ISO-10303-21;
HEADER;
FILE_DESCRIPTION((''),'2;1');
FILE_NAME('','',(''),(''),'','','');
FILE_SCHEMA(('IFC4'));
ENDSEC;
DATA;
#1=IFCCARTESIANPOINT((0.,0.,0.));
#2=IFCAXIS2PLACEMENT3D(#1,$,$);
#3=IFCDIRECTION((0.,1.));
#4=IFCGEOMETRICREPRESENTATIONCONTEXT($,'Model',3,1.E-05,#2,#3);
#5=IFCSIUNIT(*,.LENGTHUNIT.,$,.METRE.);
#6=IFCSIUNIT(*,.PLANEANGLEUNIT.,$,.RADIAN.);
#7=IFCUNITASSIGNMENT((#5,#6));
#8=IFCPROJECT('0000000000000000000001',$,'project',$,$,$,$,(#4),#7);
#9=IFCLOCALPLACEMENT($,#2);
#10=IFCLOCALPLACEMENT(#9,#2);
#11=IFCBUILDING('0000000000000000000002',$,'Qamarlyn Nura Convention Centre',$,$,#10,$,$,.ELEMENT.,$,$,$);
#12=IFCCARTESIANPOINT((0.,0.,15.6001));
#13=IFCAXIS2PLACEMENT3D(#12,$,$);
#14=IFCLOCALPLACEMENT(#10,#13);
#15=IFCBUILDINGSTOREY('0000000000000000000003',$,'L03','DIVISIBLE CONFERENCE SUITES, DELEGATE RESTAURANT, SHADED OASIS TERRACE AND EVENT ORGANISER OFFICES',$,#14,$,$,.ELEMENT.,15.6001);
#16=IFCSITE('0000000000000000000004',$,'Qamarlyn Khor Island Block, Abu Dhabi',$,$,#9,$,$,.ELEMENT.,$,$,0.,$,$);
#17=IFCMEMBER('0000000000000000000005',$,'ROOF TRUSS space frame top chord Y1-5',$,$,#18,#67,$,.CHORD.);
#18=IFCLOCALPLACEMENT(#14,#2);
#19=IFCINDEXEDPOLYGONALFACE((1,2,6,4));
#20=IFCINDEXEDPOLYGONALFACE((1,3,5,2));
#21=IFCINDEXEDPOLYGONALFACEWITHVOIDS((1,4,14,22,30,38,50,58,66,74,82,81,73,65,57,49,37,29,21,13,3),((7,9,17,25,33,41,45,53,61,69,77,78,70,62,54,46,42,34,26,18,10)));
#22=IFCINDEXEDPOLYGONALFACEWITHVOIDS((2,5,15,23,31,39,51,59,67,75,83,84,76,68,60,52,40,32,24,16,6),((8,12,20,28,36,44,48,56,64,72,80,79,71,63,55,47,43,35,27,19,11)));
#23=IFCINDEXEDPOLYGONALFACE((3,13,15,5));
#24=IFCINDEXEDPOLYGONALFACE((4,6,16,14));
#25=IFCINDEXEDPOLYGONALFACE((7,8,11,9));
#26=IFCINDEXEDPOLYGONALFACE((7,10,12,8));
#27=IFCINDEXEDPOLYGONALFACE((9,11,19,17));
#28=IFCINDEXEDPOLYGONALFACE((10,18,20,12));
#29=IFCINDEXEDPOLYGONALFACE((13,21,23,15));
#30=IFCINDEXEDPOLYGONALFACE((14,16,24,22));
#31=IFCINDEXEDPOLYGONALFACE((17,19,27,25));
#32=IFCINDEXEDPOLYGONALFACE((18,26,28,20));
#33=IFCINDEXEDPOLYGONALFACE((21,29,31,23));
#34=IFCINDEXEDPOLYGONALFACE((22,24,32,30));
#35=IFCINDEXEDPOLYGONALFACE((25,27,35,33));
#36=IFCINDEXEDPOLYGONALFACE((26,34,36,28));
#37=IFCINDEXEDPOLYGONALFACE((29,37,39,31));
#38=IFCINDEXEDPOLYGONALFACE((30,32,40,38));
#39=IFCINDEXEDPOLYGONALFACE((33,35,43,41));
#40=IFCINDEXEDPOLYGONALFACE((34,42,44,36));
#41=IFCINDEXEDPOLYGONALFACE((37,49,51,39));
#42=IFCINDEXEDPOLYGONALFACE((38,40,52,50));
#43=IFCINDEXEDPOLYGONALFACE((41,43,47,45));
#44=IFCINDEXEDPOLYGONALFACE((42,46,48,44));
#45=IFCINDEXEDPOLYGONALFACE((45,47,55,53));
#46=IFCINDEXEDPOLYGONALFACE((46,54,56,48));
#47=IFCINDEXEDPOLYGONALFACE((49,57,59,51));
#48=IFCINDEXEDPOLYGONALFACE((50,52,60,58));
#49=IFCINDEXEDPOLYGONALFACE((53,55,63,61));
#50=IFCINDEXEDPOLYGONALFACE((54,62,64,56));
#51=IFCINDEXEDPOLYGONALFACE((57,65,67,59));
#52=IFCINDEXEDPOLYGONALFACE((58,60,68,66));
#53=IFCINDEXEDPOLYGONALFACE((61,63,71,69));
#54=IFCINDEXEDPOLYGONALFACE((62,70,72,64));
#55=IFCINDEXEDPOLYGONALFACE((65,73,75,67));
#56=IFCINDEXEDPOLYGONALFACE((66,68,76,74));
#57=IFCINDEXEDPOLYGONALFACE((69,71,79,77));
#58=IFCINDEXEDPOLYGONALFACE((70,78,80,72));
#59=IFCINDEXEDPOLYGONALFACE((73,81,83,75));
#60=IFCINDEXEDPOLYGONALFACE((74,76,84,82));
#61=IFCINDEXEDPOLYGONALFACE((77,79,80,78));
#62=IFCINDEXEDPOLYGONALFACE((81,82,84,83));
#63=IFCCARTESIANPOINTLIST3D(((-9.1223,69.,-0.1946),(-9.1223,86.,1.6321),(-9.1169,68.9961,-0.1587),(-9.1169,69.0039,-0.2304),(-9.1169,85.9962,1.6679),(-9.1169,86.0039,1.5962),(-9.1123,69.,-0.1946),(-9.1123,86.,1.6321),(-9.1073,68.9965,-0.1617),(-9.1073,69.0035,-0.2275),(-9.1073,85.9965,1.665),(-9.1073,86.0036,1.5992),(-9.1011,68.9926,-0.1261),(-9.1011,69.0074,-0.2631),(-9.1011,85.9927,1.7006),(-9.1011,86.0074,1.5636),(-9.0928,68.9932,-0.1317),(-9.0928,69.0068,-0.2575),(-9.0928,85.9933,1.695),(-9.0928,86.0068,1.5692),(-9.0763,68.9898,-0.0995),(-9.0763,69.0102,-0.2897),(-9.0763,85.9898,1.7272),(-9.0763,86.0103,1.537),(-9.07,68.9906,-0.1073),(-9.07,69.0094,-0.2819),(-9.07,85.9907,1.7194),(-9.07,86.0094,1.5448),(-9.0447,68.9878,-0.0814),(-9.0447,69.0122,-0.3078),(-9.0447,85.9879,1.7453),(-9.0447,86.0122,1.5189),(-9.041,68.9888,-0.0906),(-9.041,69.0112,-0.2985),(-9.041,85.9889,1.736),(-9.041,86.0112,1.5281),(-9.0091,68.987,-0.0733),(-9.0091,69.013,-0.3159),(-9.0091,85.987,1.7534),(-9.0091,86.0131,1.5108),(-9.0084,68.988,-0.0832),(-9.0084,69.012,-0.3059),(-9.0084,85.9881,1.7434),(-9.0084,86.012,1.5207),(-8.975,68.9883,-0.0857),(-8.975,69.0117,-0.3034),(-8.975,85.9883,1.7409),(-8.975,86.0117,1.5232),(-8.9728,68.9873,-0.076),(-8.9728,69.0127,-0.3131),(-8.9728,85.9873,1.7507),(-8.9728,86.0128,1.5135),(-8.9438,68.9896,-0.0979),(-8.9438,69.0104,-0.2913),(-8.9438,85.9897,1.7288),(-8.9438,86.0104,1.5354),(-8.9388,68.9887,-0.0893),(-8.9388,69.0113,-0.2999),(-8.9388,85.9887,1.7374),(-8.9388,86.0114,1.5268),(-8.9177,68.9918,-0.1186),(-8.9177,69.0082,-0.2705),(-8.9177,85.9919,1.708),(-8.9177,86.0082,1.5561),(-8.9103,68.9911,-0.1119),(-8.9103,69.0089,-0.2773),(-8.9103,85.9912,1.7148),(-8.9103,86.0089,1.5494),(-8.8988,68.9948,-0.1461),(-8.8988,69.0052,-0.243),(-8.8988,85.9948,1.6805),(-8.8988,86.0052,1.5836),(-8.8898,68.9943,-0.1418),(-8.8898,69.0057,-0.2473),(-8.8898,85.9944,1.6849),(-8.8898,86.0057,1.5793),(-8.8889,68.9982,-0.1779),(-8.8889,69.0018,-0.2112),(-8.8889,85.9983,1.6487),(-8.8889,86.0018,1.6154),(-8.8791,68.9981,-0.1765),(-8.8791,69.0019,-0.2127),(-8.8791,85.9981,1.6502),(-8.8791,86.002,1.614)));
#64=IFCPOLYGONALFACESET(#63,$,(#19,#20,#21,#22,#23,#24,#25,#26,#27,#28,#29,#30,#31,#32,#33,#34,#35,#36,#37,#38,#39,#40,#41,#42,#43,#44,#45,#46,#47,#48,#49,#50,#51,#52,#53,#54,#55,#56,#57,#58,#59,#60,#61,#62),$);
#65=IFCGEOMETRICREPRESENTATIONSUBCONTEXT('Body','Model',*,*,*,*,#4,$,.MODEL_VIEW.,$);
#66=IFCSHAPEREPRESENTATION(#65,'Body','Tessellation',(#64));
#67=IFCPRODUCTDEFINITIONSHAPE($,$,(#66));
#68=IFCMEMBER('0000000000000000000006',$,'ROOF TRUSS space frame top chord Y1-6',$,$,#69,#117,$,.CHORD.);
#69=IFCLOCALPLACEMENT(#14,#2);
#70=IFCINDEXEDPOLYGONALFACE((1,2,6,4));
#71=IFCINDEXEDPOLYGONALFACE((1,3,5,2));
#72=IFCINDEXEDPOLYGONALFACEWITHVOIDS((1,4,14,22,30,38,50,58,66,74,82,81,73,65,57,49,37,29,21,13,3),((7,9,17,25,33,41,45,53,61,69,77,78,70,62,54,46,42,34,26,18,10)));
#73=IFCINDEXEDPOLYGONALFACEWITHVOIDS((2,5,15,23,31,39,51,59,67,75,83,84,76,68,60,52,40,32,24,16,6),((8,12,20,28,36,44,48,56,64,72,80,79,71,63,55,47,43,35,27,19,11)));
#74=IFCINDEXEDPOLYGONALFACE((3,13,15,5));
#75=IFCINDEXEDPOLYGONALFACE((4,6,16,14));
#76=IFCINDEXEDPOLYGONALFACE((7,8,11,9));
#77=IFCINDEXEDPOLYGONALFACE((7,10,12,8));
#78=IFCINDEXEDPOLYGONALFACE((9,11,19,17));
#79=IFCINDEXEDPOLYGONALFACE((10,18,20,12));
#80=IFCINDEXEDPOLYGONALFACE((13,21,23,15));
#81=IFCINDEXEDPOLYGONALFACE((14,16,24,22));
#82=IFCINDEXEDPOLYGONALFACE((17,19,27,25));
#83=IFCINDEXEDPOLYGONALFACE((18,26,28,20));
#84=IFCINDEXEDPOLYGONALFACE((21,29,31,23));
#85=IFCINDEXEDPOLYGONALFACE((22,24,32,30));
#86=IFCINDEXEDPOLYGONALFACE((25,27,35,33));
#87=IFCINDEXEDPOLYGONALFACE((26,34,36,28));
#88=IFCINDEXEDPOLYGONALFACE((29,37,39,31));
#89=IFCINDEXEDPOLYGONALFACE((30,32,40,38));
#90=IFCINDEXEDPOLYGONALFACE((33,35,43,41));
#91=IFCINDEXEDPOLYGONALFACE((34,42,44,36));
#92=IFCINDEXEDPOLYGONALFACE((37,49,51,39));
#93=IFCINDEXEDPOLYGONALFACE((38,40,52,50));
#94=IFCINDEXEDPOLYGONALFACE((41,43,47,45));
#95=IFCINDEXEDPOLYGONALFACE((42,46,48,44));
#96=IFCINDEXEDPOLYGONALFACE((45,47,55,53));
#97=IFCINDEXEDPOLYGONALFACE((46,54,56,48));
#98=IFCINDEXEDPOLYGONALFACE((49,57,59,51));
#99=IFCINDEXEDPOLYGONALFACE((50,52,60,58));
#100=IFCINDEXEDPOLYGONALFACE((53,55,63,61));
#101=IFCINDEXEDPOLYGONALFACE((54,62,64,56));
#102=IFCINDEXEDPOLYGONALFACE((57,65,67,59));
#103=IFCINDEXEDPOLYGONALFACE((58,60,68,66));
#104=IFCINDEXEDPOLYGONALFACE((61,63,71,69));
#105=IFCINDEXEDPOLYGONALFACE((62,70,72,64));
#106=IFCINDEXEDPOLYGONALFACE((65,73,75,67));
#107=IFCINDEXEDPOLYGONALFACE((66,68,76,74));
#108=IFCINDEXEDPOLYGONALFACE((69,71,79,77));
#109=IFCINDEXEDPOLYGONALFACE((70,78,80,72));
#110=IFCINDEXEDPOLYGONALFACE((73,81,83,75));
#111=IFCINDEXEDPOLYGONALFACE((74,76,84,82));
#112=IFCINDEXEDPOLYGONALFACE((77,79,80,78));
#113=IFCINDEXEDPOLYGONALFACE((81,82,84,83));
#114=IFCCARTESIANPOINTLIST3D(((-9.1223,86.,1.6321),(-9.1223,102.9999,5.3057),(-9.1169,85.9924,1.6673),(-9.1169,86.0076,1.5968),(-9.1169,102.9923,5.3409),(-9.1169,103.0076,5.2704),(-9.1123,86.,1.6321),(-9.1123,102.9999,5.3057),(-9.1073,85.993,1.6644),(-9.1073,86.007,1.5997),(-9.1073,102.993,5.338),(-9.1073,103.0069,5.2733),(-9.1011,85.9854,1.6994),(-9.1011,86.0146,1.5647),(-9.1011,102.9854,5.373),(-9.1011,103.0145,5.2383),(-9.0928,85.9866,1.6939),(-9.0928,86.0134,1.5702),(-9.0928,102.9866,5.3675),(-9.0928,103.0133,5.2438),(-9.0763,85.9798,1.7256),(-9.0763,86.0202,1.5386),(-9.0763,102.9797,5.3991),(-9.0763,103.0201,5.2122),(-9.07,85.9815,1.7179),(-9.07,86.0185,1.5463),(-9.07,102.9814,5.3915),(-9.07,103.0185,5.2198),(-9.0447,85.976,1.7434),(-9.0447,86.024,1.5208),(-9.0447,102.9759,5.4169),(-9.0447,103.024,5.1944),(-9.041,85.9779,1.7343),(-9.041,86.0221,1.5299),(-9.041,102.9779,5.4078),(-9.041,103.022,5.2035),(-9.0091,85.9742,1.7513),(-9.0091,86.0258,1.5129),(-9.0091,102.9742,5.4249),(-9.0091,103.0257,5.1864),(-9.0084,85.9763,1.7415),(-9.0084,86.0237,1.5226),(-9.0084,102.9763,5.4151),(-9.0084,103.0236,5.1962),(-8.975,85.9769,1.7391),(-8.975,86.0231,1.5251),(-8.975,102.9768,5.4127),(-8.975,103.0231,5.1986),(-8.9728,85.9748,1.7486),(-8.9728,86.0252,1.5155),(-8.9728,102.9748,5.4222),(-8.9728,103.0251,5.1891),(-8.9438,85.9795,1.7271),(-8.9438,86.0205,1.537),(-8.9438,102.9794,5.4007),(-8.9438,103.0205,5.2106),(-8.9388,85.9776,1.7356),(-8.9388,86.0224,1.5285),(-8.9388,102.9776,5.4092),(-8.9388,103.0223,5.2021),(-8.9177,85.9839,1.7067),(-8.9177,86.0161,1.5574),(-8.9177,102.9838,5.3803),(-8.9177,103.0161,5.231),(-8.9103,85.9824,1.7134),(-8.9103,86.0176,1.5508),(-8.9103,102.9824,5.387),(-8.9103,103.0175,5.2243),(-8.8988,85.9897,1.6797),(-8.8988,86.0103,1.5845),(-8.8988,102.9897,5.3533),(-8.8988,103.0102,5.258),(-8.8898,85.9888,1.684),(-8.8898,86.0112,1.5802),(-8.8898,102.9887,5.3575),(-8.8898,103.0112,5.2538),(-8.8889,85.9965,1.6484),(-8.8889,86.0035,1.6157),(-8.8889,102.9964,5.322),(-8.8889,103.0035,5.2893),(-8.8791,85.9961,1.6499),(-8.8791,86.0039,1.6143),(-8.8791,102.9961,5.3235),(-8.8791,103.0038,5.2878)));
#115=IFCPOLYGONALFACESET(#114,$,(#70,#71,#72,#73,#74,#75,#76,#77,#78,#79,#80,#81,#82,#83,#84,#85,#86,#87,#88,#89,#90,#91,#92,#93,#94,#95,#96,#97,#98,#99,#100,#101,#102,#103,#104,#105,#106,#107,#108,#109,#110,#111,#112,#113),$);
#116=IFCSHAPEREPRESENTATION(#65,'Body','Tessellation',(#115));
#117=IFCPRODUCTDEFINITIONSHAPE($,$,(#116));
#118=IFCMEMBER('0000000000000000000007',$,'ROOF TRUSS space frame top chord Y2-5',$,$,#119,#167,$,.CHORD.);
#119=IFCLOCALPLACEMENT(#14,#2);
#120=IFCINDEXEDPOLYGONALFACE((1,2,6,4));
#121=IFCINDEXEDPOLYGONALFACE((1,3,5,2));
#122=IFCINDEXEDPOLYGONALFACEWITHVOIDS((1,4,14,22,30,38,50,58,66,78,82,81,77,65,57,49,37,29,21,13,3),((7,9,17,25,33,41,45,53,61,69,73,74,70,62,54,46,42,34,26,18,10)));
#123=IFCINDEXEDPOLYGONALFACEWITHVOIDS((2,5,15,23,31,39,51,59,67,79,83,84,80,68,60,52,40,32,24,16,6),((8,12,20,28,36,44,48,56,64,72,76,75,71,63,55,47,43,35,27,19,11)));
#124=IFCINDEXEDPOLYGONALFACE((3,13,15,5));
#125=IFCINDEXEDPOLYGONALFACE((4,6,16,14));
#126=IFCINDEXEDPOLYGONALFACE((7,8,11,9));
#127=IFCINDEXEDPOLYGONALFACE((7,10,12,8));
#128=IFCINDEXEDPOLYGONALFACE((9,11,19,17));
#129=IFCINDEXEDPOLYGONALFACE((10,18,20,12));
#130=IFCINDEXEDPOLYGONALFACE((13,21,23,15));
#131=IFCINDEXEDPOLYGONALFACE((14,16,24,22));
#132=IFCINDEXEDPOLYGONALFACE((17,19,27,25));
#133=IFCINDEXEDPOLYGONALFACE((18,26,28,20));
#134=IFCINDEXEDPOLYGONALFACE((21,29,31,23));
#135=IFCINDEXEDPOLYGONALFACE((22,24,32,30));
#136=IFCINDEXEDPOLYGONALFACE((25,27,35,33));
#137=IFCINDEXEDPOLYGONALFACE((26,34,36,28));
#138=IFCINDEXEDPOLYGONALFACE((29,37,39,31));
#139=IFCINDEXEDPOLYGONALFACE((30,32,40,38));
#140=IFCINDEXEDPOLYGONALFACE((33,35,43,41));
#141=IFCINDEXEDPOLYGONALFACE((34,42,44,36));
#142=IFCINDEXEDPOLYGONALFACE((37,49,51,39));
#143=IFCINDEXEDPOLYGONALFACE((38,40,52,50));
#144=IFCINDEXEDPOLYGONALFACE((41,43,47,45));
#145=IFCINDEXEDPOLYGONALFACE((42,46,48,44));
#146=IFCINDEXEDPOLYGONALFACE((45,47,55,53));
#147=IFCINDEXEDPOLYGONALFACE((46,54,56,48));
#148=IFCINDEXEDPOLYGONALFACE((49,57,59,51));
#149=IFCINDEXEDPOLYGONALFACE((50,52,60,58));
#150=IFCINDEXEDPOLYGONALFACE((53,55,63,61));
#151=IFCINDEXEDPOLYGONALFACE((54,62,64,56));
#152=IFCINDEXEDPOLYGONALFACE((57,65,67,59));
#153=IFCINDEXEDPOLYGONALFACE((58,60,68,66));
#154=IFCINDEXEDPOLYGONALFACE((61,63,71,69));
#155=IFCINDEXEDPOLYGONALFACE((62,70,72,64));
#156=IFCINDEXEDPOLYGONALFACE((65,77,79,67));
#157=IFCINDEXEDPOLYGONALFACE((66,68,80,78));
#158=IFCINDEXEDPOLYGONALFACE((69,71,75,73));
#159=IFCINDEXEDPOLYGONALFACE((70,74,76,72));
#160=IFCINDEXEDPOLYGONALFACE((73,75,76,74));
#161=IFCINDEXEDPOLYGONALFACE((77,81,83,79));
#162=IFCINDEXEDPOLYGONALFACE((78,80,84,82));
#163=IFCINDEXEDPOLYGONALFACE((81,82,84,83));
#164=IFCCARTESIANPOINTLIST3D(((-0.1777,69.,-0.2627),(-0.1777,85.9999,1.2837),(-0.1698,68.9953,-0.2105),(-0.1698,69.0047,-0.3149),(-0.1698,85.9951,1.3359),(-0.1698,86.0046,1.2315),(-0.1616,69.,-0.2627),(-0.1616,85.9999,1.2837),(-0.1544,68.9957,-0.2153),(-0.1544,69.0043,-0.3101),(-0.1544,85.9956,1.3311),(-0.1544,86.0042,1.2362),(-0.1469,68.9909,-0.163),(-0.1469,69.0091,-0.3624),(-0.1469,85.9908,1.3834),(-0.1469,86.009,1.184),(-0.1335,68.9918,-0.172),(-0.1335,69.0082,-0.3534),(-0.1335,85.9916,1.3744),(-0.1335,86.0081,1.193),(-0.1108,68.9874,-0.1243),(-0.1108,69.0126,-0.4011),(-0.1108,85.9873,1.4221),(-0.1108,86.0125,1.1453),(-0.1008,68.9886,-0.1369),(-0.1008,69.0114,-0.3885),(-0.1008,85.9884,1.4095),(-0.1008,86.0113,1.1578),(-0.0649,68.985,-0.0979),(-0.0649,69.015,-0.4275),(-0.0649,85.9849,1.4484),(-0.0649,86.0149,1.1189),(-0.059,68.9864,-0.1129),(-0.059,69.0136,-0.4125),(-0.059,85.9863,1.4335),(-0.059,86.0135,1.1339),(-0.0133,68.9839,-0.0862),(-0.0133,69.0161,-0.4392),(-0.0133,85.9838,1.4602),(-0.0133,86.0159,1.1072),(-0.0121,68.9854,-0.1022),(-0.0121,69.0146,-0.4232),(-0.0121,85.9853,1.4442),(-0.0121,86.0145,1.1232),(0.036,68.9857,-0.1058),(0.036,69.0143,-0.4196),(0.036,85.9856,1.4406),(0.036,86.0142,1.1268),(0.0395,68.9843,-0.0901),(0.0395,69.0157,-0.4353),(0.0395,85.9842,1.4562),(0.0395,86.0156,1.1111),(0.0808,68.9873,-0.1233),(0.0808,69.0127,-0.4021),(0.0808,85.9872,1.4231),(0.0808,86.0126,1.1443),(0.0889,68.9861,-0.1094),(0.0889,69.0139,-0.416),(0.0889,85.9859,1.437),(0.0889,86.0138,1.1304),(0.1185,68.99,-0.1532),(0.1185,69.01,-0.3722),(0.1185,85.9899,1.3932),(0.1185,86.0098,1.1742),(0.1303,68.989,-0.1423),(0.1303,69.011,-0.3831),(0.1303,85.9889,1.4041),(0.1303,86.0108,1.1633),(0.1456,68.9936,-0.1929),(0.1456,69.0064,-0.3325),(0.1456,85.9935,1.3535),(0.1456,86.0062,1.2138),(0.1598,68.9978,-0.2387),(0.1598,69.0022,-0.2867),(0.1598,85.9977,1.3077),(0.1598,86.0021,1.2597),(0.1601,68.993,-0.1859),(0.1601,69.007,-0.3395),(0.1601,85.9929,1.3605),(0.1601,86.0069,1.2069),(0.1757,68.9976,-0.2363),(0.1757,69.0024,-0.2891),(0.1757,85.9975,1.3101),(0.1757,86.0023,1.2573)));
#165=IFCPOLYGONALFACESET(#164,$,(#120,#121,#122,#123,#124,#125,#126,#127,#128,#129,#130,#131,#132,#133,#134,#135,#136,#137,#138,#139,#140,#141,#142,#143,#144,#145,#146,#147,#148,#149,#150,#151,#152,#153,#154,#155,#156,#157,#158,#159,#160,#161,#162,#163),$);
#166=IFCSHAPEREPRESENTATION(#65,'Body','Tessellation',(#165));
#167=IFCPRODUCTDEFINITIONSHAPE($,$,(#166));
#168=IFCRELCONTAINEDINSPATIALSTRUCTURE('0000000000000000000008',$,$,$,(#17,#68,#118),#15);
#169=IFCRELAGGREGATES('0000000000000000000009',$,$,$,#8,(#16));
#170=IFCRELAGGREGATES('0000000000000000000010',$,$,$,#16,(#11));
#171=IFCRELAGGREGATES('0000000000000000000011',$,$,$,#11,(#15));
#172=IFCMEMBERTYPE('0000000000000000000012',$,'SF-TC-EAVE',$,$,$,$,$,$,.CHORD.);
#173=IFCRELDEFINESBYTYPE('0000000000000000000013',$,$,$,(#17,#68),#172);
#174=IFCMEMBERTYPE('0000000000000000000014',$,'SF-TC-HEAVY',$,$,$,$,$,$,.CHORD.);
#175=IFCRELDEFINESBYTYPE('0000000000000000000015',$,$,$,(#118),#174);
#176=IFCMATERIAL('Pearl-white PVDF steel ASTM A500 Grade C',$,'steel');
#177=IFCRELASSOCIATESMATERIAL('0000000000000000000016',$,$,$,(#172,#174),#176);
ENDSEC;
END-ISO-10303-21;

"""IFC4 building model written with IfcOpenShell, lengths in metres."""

from ifc_helpers import new_model, si_unit, direction, frame, origin, origin_2d, place, context, subcontext, project, spatial, hollow_circle, extrude, material, material_profile, profile_set, type_object, element, save


model = new_model("IFC4")

# Units and contexts
model_context = context("Model", 3, precision=1e-05, world=origin(), true_north=direction((0.0, 1.0)))
body_context = subcontext(model_context, "Body", "Model", "MODEL_VIEW")
ifc_project = project(units=[si_unit("LENGTHUNIT", "METRE"), si_unit("PLANEANGLEUNIT", "RADIAN")], contexts=[model_context])

# Site, building, storey
site_placement = place(None, origin())
site = spatial("IfcSite", under=ifc_project, at=site_placement, Name="Qamarlyn Khor Island Block, Abu Dhabi", CompositionType="ELEMENT", RefElevation=0.0)
building_placement = place(site_placement, origin())
building = spatial("IfcBuilding", under=site, at=building_placement, Name="Qamarlyn Nura Convention Centre", CompositionType="ELEMENT")
storey_placement = place(building_placement, frame((0.0, 0.0, 15.6001)))
storey = spatial("IfcBuildingStorey", under=building, at=storey_placement, Name="L03", Description="DIVISIBLE CONFERENCE SUITES, DELEGATE RESTAURANT, SHADED OASIS TERRACE AND EVENT ORGANISER OFFICES", CompositionType="ELEMENT", Elevation=15.6001)

# Members
ifc_material_1 = material(Name="Pearl-white PVDF steel ASTM A500 Grade C", Category="steel")
ifc_material_profile_1 = material_profile(ifc_material_1, hollow_circle(Radius=0.1223, WallThickness=0.01, at=origin_2d()), Name="CHS244.5X10")
ifc_profile_set_1 = profile_set([ifc_material_profile_1], Name="Pearl-white PVDF steel ASTM A500 Grade C")
member_type_1 = type_object("IfcMemberType", Name="SF-TC-EAVE", PredefinedType="CHORD", material=ifc_profile_set_1)
member_1_placement = place(storey_placement, frame((-9.0, 69.0, -0.1946), z_axis=(0.0, 0.994277, 0.106836), x_axis=(-1.0, 0.0, 0.0)))
element("IfcMember", 1, at=member_1_placement, inside=storey, type_object=member_type_1, Name="ROOF TRUSS space frame top chord Y1-5", PredefinedType="CHORD", context=body_context, shape_type="SweptSolid", body=[
    extrude(hollow_circle(Radius=0.1223, WallThickness=0.01, at=origin_2d()), origin(), (0.0, 0.0, 1.0), 17.0979),
])
member_2_placement = place(storey_placement, frame((-9.0, 86.0, 1.6321), z_axis=(0.0, 0.977439, 0.211218), x_axis=(-1.0, 0.0, 0.0)))
element("IfcMember", 2, at=member_2_placement, inside=storey, type_object=member_type_1, Name="ROOF TRUSS space frame top chord Y1-6", PredefinedType="CHORD", context=body_context, shape_type="SweptSolid", body=[
    extrude(hollow_circle(Radius=0.1223, WallThickness=0.01, at=origin_2d()), origin(), (0.0, 0.0, 1.0), 17.3923),
])
ifc_material_profile_2 = material_profile(ifc_material_1, hollow_circle(Radius=0.1777, WallThickness=0.0161, at=origin_2d()), Name="CHS355.6X16")
ifc_profile_set_2 = profile_set([ifc_material_profile_2], Name="Pearl-white PVDF steel ASTM A500 Grade C")
member_type_2 = type_object("IfcMemberType", Name="SF-TC-HEAVY", PredefinedType="CHORD", material=ifc_profile_set_2)
member_3_placement = place(storey_placement, frame((0.0, 69.0, -0.2627), z_axis=(0.0, 0.995888, 0.09059), x_axis=(-1.0, 0.0, 0.0)))
element("IfcMember", 3, at=member_3_placement, inside=storey, type_object=member_type_2, Name="ROOF TRUSS space frame top chord Y2-5", PredefinedType="CHORD", context=body_context, shape_type="SweptSolid", body=[
    extrude(hollow_circle(Radius=0.1777, WallThickness=0.0161, at=origin_2d()), origin(), (0.0, 0.0, 1.0), 17.0701),
])

save(model, "model.ifc")
